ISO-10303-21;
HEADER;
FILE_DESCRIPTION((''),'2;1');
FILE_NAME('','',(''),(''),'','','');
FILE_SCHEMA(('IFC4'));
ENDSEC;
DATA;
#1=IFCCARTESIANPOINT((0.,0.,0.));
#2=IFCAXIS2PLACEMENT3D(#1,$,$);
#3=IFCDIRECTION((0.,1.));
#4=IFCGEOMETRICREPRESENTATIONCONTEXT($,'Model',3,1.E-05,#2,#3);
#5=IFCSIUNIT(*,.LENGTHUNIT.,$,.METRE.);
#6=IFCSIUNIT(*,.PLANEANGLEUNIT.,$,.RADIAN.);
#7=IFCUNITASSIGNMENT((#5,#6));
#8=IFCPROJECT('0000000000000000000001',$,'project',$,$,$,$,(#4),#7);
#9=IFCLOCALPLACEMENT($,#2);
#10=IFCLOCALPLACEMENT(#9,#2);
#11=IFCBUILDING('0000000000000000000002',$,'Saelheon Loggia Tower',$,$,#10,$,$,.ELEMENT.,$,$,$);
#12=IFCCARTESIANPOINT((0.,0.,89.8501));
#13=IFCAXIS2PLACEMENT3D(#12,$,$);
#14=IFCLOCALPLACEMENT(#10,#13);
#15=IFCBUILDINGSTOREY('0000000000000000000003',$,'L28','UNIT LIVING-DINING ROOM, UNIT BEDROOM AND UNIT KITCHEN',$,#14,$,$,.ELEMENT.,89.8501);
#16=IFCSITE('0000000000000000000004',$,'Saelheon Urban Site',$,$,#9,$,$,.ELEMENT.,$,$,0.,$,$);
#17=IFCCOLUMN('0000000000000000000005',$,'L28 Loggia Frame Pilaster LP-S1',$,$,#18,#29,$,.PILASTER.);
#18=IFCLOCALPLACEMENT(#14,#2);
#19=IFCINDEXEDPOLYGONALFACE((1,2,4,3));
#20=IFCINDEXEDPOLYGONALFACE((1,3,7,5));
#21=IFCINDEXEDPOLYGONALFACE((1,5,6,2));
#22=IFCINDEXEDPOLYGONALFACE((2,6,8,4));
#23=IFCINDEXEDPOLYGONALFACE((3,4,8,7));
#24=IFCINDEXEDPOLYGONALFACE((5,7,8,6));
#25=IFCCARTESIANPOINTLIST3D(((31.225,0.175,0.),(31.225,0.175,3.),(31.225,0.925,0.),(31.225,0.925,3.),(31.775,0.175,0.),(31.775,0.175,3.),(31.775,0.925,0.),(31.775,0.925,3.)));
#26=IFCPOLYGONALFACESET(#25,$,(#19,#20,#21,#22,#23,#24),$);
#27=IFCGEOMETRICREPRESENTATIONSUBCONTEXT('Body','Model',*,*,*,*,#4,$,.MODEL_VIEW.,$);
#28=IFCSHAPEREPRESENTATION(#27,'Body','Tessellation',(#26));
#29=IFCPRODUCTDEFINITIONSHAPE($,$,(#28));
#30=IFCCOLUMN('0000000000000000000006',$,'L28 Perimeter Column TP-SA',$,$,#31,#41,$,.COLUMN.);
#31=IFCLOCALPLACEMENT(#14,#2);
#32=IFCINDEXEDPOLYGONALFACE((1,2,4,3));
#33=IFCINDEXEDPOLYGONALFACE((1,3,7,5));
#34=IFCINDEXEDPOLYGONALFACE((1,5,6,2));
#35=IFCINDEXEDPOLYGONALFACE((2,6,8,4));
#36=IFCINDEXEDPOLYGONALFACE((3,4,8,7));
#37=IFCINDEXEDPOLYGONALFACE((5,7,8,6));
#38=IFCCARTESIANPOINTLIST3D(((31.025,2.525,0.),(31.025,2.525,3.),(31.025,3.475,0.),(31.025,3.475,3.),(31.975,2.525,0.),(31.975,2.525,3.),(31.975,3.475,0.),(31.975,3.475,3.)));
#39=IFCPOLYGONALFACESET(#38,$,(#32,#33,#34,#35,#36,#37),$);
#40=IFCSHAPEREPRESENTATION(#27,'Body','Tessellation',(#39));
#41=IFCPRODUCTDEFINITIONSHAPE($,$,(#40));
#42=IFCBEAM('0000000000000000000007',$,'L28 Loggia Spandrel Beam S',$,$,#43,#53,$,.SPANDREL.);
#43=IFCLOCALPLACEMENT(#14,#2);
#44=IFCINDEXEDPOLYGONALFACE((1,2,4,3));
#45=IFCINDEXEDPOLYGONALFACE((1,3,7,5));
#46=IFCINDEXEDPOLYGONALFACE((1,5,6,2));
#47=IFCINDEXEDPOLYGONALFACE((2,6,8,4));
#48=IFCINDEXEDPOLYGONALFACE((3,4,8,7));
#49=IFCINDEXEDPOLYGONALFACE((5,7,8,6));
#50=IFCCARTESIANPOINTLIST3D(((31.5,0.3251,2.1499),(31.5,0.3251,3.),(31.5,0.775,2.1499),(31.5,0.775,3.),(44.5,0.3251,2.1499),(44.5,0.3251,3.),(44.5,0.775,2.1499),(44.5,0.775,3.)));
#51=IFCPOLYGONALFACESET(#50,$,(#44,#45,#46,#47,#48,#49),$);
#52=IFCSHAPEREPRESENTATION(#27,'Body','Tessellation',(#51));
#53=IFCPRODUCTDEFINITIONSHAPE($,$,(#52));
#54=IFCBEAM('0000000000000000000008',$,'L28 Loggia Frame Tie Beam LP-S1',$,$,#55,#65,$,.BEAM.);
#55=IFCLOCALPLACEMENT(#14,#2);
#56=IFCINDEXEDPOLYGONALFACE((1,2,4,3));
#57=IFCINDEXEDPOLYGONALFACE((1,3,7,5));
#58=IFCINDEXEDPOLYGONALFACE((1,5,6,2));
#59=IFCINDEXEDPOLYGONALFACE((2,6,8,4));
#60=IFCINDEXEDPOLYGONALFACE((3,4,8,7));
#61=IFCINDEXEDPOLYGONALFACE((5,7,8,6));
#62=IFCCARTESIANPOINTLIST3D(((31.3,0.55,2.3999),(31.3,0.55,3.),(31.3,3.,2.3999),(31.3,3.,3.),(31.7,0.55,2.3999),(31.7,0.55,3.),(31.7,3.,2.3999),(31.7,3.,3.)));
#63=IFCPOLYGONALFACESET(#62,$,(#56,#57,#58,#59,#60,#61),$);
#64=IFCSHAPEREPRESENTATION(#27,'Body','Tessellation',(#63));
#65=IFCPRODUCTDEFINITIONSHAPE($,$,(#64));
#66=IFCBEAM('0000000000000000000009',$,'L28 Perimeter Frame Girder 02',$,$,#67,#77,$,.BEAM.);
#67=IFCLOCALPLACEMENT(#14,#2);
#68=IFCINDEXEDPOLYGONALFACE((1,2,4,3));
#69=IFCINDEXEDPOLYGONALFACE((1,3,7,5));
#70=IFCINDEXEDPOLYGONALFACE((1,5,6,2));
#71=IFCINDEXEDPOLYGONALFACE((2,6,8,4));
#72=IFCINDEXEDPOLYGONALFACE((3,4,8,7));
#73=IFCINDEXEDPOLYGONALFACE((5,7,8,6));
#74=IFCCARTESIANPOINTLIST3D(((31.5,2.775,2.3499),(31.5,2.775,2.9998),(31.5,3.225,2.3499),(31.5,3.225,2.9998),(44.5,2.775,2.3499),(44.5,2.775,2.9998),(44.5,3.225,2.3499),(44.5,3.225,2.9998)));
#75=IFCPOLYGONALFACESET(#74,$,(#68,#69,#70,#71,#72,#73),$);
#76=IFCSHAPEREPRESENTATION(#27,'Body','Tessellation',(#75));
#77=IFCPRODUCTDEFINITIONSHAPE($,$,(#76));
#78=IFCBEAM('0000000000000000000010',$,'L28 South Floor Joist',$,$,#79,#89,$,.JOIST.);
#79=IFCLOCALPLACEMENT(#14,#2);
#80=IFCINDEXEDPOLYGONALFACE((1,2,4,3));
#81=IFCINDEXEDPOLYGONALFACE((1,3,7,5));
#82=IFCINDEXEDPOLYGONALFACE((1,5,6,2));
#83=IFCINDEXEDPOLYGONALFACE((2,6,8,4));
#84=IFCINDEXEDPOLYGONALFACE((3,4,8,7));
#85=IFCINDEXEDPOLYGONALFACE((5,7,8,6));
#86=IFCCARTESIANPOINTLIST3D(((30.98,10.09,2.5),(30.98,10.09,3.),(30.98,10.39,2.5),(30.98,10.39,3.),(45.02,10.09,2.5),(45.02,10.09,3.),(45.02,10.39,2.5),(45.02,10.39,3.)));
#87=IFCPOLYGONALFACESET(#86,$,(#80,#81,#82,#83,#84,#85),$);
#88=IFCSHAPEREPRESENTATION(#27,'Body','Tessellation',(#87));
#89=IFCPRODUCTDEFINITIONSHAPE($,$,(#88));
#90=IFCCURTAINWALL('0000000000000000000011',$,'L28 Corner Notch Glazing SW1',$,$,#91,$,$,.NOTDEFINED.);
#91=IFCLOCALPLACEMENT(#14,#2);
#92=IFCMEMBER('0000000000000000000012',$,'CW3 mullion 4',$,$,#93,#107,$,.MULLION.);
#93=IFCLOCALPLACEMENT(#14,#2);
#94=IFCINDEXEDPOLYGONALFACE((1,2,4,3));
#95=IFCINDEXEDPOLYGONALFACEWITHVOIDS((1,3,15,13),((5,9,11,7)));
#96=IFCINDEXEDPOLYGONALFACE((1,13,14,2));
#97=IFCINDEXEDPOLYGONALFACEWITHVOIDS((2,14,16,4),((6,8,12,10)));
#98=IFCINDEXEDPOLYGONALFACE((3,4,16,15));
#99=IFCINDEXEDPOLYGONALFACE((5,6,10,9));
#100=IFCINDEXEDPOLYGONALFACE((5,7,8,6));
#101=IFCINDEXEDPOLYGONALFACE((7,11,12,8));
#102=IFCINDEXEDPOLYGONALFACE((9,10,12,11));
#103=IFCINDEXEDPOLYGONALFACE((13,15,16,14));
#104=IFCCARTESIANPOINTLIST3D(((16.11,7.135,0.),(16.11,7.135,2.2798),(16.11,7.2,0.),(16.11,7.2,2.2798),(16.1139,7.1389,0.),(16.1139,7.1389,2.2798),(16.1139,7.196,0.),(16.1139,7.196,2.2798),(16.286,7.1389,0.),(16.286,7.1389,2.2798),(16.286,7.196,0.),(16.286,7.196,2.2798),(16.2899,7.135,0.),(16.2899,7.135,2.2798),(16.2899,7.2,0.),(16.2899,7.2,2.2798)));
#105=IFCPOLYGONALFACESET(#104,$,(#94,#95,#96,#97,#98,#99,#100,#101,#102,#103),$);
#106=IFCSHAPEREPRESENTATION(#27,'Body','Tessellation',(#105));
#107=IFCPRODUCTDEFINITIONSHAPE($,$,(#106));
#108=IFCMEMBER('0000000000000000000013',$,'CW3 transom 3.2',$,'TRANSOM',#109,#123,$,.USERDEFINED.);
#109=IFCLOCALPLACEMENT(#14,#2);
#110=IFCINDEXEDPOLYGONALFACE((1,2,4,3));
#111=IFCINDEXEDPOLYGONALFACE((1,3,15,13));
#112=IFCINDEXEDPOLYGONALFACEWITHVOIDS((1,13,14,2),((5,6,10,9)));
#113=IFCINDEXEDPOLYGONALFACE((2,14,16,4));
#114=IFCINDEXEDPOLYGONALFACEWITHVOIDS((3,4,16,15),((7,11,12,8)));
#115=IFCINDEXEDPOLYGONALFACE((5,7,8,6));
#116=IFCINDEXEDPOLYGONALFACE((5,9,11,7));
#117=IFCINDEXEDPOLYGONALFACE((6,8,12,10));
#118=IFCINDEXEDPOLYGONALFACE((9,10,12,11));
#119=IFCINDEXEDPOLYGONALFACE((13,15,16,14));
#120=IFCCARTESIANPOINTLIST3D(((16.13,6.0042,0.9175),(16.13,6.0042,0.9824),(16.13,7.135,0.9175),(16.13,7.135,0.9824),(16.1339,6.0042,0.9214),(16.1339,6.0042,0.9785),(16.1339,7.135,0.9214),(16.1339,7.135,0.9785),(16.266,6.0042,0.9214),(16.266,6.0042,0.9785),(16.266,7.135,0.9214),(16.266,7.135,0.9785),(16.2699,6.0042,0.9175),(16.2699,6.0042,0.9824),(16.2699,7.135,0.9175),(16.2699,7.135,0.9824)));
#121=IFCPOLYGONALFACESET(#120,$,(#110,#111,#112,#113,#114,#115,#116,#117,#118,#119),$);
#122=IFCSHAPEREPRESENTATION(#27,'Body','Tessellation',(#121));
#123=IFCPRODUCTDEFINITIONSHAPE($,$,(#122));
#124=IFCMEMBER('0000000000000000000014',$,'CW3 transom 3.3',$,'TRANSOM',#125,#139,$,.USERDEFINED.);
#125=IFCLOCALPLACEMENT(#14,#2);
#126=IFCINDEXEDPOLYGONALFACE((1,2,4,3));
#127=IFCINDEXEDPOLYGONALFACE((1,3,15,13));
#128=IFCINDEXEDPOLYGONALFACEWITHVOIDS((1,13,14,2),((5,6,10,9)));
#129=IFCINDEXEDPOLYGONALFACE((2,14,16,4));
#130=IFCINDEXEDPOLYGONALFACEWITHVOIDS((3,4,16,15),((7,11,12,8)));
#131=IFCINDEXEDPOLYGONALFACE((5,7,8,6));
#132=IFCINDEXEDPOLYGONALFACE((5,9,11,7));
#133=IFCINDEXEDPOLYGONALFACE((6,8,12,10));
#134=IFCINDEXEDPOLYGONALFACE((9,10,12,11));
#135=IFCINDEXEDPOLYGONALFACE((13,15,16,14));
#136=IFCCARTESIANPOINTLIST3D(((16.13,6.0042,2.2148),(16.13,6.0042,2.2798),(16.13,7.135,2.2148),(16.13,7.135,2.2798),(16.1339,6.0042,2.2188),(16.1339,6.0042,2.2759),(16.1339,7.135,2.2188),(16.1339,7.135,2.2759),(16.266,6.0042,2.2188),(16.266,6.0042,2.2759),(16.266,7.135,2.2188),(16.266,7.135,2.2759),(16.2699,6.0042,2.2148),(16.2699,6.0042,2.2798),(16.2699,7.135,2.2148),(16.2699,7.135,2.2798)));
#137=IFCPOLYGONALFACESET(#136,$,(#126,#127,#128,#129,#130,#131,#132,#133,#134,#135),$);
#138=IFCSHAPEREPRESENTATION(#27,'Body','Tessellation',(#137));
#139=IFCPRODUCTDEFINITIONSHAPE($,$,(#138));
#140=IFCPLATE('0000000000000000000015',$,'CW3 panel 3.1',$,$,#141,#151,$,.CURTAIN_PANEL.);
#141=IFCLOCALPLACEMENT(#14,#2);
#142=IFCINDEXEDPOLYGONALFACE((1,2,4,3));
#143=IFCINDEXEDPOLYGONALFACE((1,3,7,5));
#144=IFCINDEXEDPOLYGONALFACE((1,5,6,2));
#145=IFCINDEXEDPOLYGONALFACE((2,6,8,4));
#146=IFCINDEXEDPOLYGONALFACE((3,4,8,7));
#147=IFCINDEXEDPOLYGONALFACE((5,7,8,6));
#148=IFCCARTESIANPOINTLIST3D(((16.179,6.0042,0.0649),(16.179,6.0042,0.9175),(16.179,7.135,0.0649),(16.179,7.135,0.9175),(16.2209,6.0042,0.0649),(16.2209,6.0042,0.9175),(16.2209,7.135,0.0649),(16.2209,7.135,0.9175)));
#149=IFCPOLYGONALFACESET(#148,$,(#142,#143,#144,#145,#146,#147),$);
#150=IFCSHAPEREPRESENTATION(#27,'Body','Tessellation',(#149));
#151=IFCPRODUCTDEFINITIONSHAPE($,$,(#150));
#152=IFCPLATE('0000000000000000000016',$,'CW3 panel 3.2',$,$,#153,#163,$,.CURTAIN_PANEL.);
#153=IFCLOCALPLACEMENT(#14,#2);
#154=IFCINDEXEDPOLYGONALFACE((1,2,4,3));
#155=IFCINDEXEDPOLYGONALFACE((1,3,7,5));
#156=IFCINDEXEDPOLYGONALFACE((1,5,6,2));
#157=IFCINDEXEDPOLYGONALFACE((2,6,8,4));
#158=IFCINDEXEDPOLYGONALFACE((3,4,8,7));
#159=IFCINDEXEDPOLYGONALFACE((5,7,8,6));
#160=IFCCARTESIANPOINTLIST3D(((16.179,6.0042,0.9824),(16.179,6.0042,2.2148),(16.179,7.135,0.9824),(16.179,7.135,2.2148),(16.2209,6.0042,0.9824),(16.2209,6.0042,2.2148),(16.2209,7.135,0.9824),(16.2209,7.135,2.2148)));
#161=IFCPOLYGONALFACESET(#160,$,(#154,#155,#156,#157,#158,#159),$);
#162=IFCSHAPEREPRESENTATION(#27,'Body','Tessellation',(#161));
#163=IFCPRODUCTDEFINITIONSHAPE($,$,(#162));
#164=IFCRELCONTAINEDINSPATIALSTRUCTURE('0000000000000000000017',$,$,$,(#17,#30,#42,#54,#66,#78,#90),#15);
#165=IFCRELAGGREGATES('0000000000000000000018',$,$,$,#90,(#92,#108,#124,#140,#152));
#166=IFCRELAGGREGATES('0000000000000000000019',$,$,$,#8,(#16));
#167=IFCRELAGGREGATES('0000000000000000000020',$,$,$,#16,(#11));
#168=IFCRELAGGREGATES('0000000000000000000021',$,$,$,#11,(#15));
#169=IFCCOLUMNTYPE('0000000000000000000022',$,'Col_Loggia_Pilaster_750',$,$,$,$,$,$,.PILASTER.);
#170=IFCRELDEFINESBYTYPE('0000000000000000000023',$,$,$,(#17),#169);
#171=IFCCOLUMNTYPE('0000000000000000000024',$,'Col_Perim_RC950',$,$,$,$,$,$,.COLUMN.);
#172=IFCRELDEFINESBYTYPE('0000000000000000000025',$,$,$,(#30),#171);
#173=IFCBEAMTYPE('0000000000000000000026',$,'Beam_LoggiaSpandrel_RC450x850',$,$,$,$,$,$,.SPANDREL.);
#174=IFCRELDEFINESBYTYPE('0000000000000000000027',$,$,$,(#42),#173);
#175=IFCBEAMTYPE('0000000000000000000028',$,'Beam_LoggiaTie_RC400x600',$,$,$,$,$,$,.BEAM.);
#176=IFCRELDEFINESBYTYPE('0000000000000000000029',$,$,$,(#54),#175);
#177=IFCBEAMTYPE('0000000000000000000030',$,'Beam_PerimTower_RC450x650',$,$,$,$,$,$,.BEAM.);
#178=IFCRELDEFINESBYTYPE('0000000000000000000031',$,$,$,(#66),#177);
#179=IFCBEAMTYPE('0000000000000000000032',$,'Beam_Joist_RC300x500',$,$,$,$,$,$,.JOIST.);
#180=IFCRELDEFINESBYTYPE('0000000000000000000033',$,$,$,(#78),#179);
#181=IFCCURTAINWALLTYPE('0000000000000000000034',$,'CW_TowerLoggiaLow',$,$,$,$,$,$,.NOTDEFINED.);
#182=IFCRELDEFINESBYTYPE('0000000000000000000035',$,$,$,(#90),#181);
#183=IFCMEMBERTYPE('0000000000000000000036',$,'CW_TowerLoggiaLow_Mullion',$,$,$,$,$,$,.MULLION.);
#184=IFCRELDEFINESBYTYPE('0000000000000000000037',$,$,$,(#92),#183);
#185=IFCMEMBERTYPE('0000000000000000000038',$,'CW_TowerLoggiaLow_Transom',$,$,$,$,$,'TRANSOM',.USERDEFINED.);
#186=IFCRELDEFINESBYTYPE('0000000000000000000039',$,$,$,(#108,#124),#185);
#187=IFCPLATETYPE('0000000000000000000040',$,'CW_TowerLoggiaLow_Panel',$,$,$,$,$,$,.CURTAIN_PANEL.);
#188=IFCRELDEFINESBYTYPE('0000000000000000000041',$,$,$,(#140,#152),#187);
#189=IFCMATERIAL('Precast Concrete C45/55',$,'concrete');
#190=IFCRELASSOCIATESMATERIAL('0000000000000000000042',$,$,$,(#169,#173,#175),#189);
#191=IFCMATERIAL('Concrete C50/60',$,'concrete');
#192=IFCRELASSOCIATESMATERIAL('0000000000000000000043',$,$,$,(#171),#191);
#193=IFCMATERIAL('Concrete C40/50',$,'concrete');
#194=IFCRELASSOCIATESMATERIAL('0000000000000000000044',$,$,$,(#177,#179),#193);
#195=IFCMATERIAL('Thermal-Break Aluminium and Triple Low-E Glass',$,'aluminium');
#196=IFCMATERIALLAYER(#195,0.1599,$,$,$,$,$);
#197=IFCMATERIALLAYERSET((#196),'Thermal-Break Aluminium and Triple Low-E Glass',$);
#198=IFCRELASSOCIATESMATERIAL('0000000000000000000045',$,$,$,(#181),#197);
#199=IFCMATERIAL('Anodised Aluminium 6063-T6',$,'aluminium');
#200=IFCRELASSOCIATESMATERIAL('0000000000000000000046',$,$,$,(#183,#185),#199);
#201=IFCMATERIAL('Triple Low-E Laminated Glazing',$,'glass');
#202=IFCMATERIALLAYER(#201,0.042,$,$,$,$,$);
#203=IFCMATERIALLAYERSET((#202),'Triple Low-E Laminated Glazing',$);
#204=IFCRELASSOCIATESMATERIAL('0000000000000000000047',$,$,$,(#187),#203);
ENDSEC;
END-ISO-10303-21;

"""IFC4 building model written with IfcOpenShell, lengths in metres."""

from ifc_helpers import new_model, si_unit, direction, frame, origin, origin_2d, place, context, subcontext, project, spatial, rectangle, hollow_rectangle, extrude, source, transform, mapped, material, layer, layer_set, material_profile, profile_set, type_object, element, aggregate, save


model = new_model("IFC4")

# Units and contexts
model_context = context("Model", 3, precision=1e-05, world=origin(), true_north=direction((0.0, 1.0)))
body_context = subcontext(model_context, "Body", "Model", "MODEL_VIEW")
ifc_project = project(units=[si_unit("LENGTHUNIT", "METRE"), si_unit("PLANEANGLEUNIT", "RADIAN")], contexts=[model_context])

# Site, building, storey
site_placement = place(None, origin())
site = spatial("IfcSite", under=ifc_project, at=site_placement, Name="Saelheon Urban Site", CompositionType="ELEMENT", RefElevation=0.0)
building_placement = place(site_placement, origin())
building = spatial("IfcBuilding", under=site, at=building_placement, Name="Saelheon Loggia Tower", CompositionType="ELEMENT")
storey_placement = place(building_placement, frame((0.0, 0.0, 89.8501)))
storey = spatial("IfcBuildingStorey", under=building, at=storey_placement, Name="L28", Description="UNIT LIVING-DINING ROOM, UNIT BEDROOM AND UNIT KITCHEN", CompositionType="ELEMENT", Elevation=89.8501)

# Columns
ifc_material_1 = material(Name="Precast Concrete C45/55", Category="concrete")
ifc_material_profile_1 = material_profile(ifc_material_1, rectangle(XDim=0.55, YDim=0.75, at=origin_2d()), Name="RC-550x750")
ifc_profile_set_1 = profile_set([ifc_material_profile_1], Name="Precast Concrete C45/55")
column_type_1 = type_object("IfcColumnType", Name="Col_Loggia_Pilaster_750", PredefinedType="PILASTER", material=ifc_profile_set_1)
shared_shape_1 = source(origin(), body_context, "Body", "SweptSolid", [
    extrude(rectangle(XDim=0.55, YDim=0.75, at=origin_2d()), origin(), (0.0, 0.0, 1.0), 3.0),
])
column_1_placement = place(storey_placement, frame((31.5, 0.55, 0.0), z_axis=(0.0, 0.0, 1.0), x_axis=(1.0, 0.0, 0.0)))
element("IfcColumn", 1, at=column_1_placement, inside=storey, type_object=column_type_1, Name="L28 Loggia Frame Pilaster LP-S1", PredefinedType="PILASTER", context=body_context, shape_type="MappedRepresentation", body=[
    mapped(shared_shape_1, transform((0.0, 0.0, 0.0), scale=1.0)),
])
ifc_material_2 = material(Name="Concrete C50/60", Category="concrete")
ifc_material_profile_2 = material_profile(ifc_material_2, rectangle(XDim=0.95, YDim=0.95, at=origin_2d()), Name="RC-950x950")
ifc_profile_set_2 = profile_set([ifc_material_profile_2], Name="Concrete C50/60")
column_type_2 = type_object("IfcColumnType", Name="Col_Perim_RC950", PredefinedType="COLUMN", material=ifc_profile_set_2)
shared_shape_2 = source(origin(), body_context, "Body", "SweptSolid", [
    extrude(rectangle(XDim=0.95, YDim=0.95, at=origin_2d()), origin(), (0.0, 0.0, 1.0), 3.0),
])
column_2_placement = place(storey_placement, frame((31.5, 3.0, 0.0), z_axis=(0.0, 0.0, 1.0), x_axis=(1.0, 0.0, 0.0)))
element("IfcColumn", 2, at=column_2_placement, inside=storey, type_object=column_type_2, Name="L28 Perimeter Column TP-SA", PredefinedType="COLUMN", context=body_context, shape_type="MappedRepresentation", body=[
    mapped(shared_shape_2, transform((0.0, 0.0, 0.0), scale=1.0)),
])

# Beams
ifc_material_profile_3 = material_profile(ifc_material_1, rectangle(XDim=0.45, YDim=0.8501, at=origin_2d()), Name="RC-450x850")
ifc_profile_set_3 = profile_set([ifc_material_profile_3], Name="Precast Concrete C45/55")
beam_type_1 = type_object("IfcBeamType", Name="Beam_LoggiaSpandrel_RC450x850", PredefinedType="SPANDREL", material=ifc_profile_set_3)
shared_shape_3 = source(origin(), body_context, "Body", "SweptSolid", [
    extrude(rectangle(XDim=0.45, YDim=0.8501, at=origin_2d()), origin(), (0.0, 0.0, 1.0), 13.0),
])
beam_1_placement = place(storey_placement, frame((31.5, 0.55, 2.575), z_axis=(1.0, 0.0, 0.0), x_axis=(0.0, 1.0, 0.0)))
element("IfcBeam", 3, at=beam_1_placement, inside=storey, type_object=beam_type_1, Name="L28 Loggia Spandrel Beam S", PredefinedType="SPANDREL", context=body_context, shape_type="MappedRepresentation", body=[
    mapped(shared_shape_3, transform((0.0, 0.0, 0.0), scale=1.0)),
])
ifc_material_profile_4 = material_profile(ifc_material_1, rectangle(XDim=0.3999, YDim=0.6001, at=origin_2d()), Name="RC-400x600")
ifc_profile_set_4 = profile_set([ifc_material_profile_4], Name="Precast Concrete C45/55")
beam_type_2 = type_object("IfcBeamType", Name="Beam_LoggiaTie_RC400x600", PredefinedType="BEAM", material=ifc_profile_set_4)
shared_shape_4 = source(origin(), body_context, "Body", "SweptSolid", [
    extrude(rectangle(XDim=0.3999, YDim=0.6001, at=origin_2d()), origin(), (0.0, 0.0, 1.0), 2.45),
])
beam_2_placement = place(storey_placement, frame((31.5, 3.0, 2.7), z_axis=(0.0, -1.0, 0.0), x_axis=(1.0, 0.0, 0.0)))
element("IfcBeam", 4, at=beam_2_placement, inside=storey, type_object=beam_type_2, Name="L28 Loggia Frame Tie Beam LP-S1", PredefinedType="BEAM", context=body_context, shape_type="MappedRepresentation", body=[
    mapped(shared_shape_4, transform((0.0, 0.0, 0.0), scale=1.0)),
])
ifc_material_3 = material(Name="Concrete C40/50", Category="concrete")
ifc_material_profile_5 = material_profile(ifc_material_3, rectangle(XDim=0.45, YDim=0.6499, at=origin_2d()), Name="RC-450x650")
ifc_profile_set_5 = profile_set([ifc_material_profile_5], Name="Concrete C40/50")
beam_type_3 = type_object("IfcBeamType", Name="Beam_PerimTower_RC450x650", PredefinedType="BEAM", material=ifc_profile_set_5)
shared_shape_5 = source(origin(), body_context, "Body", "SweptSolid", [
    extrude(rectangle(XDim=0.45, YDim=0.6499, at=origin_2d()), origin(), (0.0, 0.0, 1.0), 13.0),
])
beam_3_placement = place(storey_placement, frame((31.5, 3.0, 2.6748), z_axis=(1.0, 0.0, 0.0), x_axis=(0.0, 1.0, 0.0)))
element("IfcBeam", 5, at=beam_3_placement, inside=storey, type_object=beam_type_3, Name="L28 Perimeter Frame Girder 02", PredefinedType="BEAM", context=body_context, shape_type="MappedRepresentation", body=[
    mapped(shared_shape_5, transform((0.0, 0.0, 0.0), scale=1.0)),
])
ifc_material_profile_6 = material_profile(ifc_material_3, rectangle(XDim=0.3, YDim=0.5, at=origin_2d()), Name="RC-300x500")
ifc_profile_set_6 = profile_set([ifc_material_profile_6], Name="Concrete C40/50")
beam_type_4 = type_object("IfcBeamType", Name="Beam_Joist_RC300x500", PredefinedType="JOIST", material=ifc_profile_set_6)
shared_shape_6 = source(origin(), body_context, "Body", "SweptSolid", [
    extrude(rectangle(XDim=0.3, YDim=0.5, at=origin_2d()), origin(), (0.0, 0.0, 1.0), 14.04),
])
beam_4_placement = place(storey_placement, frame((30.98, 10.24, 2.75), z_axis=(1.0, 0.0, 0.0), x_axis=(0.0, 1.0, 0.0)))
element("IfcBeam", 6, at=beam_4_placement, inside=storey, type_object=beam_type_4, Name="L28 South Floor Joist", PredefinedType="JOIST", context=body_context, shape_type="MappedRepresentation", body=[
    mapped(shared_shape_6, transform((0.0, 0.0, 0.0), scale=1.0)),
])

# Curtain wall, members, plates
ifc_material_4 = material(Name="Thermal-Break Aluminium and Triple Low-E Glass", Category="aluminium")
ifc_layer_1 = layer(ifc_material_4, 0.1599)
ifc_layer_set_1 = layer_set([ifc_layer_1], Name="Thermal-Break Aluminium and Triple Low-E Glass")
curtain_wall_type = type_object("IfcCurtainWallType", Name="CW_TowerLoggiaLow", PredefinedType="NOTDEFINED", material=ifc_layer_set_1)
curtain_wall_placement = place(storey_placement, origin())
curtain_wall = element("IfcCurtainWall", 7, at=curtain_wall_placement, inside=storey, type_object=curtain_wall_type, Name="L28 Corner Notch Glazing SW1", PredefinedType="NOTDEFINED")
ifc_material_5 = material(Name="Anodised Aluminium 6063-T6", Category="aluminium")
ifc_material_profile_7 = material_profile(ifc_material_5, hollow_rectangle(XDim=0.0649, YDim=0.1799, WallThickness=0.0039, at=origin_2d()), Name="RHS-180x65x4")
ifc_profile_set_7 = profile_set([ifc_material_profile_7], Name="Anodised Aluminium 6063-T6")
member_type_1 = type_object("IfcMemberType", Name="CW_TowerLoggiaLow_Mullion", PredefinedType="MULLION", material=ifc_profile_set_7)
shared_shape_7 = source(origin(), body_context, "Body", "SweptSolid", [
    extrude(hollow_rectangle(XDim=0.0649, YDim=0.1799, WallThickness=0.0039, at=origin_2d()), origin(), (0.0, 0.0, 1.0), 2.2798),
])
member_1_placement = place(storey_placement, frame((16.2, 7.1675, 0.0), z_axis=(0.0, 0.0, 1.0), x_axis=(0.0, 1.0, 0.0)))
member_1 = element("IfcMember", 8, at=member_1_placement, type_object=member_type_1, Name="CW3 mullion 4", PredefinedType="MULLION", context=body_context, shape_type="MappedRepresentation", body=[
    mapped(shared_shape_7, transform((0.0, 0.0, 0.0), scale=1.0)),
])
ifc_material_profile_8 = material_profile(ifc_material_5, hollow_rectangle(XDim=0.0649, YDim=0.1399, WallThickness=0.0039, at=origin_2d()), Name="RHS-140x65x4")
ifc_profile_set_8 = profile_set([ifc_material_profile_8], Name="Anodised Aluminium 6063-T6")
member_type_2 = type_object("IfcMemberType", Name="CW_TowerLoggiaLow_Transom", ElementType="TRANSOM", PredefinedType="USERDEFINED", material=ifc_profile_set_8)
shared_shape_8 = source(origin(), body_context, "Body", "SweptSolid", [
    extrude(hollow_rectangle(XDim=0.0649, YDim=0.1399, WallThickness=0.0039, at=origin_2d()), origin(), (0.0, 0.0, 1.0), 1.1309),
])
member_2_placement = place(storey_placement, frame((16.2, 6.0042, 0.95), z_axis=(0.0, 1.0, 0.0), x_axis=(0.0, 0.0, 1.0)))
member_2 = element("IfcMember", 9, at=member_2_placement, type_object=member_type_2, Name="CW3 transom 3.2", ObjectType="TRANSOM", PredefinedType="USERDEFINED", context=body_context, shape_type="MappedRepresentation", body=[
    mapped(shared_shape_8, transform((0.0, 0.0, 0.0), scale=1.0)),
])
member_3_placement = place(storey_placement, frame((16.2, 6.0042, 2.2473), z_axis=(0.0, 1.0, 0.0), x_axis=(0.0, 0.0, 1.0)))
member_3 = element("IfcMember", 10, at=member_3_placement, type_object=member_type_2, Name="CW3 transom 3.3", ObjectType="TRANSOM", PredefinedType="USERDEFINED", context=body_context, shape_type="MappedRepresentation", body=[
    mapped(shared_shape_8, transform((0.0, 0.0, 0.0), scale=1.0)),
])
ifc_material_6 = material(Name="Triple Low-E Laminated Glazing", Category="glass")
ifc_layer_2 = layer(ifc_material_6, 0.042)
ifc_layer_set_2 = layer_set([ifc_layer_2], Name="Triple Low-E Laminated Glazing")
plate_type = type_object("IfcPlateType", Name="CW_TowerLoggiaLow_Panel", PredefinedType="CURTAIN_PANEL", material=ifc_layer_set_2)
shared_shape_9 = source(origin(), body_context, "Body", "SweptSolid", [
    extrude(rectangle(XDim=1.1309, YDim=0.042, at=origin_2d()), origin(), (0.0, 0.0, 1.0), 0.8525),
])
plate_1_placement = place(storey_placement, frame((16.2, 6.5696, 0.0649), z_axis=(0.0, 0.0, 1.0), x_axis=(0.0, 1.0, 0.0)))
plate_1 = element("IfcPlate", 11, at=plate_1_placement, type_object=plate_type, Name="CW3 panel 3.1", PredefinedType="CURTAIN_PANEL", context=body_context, shape_type="MappedRepresentation", body=[
    mapped(shared_shape_9, transform((0.0, 0.0, 0.0), scale=1.0)),
])
shared_shape_10 = source(origin(), body_context, "Body", "SweptSolid", [
    extrude(rectangle(XDim=1.1309, YDim=0.042, at=origin_2d()), origin(), (0.0, 0.0, 1.0), 1.2324),
])
plate_2_placement = place(storey_placement, frame((16.2, 6.5696, 0.9824), z_axis=(0.0, 0.0, 1.0), x_axis=(0.0, 1.0, 0.0)))
plate_2 = element("IfcPlate", 12, at=plate_2_placement, type_object=plate_type, Name="CW3 panel 3.2", PredefinedType="CURTAIN_PANEL", context=body_context, shape_type="MappedRepresentation", body=[
    mapped(shared_shape_10, transform((0.0, 0.0, 0.0), scale=1.0)),
])
aggregate(curtain_wall, [member_1, member_2, member_3, plate_1, plate_2])

save(model, "model.ifc")
